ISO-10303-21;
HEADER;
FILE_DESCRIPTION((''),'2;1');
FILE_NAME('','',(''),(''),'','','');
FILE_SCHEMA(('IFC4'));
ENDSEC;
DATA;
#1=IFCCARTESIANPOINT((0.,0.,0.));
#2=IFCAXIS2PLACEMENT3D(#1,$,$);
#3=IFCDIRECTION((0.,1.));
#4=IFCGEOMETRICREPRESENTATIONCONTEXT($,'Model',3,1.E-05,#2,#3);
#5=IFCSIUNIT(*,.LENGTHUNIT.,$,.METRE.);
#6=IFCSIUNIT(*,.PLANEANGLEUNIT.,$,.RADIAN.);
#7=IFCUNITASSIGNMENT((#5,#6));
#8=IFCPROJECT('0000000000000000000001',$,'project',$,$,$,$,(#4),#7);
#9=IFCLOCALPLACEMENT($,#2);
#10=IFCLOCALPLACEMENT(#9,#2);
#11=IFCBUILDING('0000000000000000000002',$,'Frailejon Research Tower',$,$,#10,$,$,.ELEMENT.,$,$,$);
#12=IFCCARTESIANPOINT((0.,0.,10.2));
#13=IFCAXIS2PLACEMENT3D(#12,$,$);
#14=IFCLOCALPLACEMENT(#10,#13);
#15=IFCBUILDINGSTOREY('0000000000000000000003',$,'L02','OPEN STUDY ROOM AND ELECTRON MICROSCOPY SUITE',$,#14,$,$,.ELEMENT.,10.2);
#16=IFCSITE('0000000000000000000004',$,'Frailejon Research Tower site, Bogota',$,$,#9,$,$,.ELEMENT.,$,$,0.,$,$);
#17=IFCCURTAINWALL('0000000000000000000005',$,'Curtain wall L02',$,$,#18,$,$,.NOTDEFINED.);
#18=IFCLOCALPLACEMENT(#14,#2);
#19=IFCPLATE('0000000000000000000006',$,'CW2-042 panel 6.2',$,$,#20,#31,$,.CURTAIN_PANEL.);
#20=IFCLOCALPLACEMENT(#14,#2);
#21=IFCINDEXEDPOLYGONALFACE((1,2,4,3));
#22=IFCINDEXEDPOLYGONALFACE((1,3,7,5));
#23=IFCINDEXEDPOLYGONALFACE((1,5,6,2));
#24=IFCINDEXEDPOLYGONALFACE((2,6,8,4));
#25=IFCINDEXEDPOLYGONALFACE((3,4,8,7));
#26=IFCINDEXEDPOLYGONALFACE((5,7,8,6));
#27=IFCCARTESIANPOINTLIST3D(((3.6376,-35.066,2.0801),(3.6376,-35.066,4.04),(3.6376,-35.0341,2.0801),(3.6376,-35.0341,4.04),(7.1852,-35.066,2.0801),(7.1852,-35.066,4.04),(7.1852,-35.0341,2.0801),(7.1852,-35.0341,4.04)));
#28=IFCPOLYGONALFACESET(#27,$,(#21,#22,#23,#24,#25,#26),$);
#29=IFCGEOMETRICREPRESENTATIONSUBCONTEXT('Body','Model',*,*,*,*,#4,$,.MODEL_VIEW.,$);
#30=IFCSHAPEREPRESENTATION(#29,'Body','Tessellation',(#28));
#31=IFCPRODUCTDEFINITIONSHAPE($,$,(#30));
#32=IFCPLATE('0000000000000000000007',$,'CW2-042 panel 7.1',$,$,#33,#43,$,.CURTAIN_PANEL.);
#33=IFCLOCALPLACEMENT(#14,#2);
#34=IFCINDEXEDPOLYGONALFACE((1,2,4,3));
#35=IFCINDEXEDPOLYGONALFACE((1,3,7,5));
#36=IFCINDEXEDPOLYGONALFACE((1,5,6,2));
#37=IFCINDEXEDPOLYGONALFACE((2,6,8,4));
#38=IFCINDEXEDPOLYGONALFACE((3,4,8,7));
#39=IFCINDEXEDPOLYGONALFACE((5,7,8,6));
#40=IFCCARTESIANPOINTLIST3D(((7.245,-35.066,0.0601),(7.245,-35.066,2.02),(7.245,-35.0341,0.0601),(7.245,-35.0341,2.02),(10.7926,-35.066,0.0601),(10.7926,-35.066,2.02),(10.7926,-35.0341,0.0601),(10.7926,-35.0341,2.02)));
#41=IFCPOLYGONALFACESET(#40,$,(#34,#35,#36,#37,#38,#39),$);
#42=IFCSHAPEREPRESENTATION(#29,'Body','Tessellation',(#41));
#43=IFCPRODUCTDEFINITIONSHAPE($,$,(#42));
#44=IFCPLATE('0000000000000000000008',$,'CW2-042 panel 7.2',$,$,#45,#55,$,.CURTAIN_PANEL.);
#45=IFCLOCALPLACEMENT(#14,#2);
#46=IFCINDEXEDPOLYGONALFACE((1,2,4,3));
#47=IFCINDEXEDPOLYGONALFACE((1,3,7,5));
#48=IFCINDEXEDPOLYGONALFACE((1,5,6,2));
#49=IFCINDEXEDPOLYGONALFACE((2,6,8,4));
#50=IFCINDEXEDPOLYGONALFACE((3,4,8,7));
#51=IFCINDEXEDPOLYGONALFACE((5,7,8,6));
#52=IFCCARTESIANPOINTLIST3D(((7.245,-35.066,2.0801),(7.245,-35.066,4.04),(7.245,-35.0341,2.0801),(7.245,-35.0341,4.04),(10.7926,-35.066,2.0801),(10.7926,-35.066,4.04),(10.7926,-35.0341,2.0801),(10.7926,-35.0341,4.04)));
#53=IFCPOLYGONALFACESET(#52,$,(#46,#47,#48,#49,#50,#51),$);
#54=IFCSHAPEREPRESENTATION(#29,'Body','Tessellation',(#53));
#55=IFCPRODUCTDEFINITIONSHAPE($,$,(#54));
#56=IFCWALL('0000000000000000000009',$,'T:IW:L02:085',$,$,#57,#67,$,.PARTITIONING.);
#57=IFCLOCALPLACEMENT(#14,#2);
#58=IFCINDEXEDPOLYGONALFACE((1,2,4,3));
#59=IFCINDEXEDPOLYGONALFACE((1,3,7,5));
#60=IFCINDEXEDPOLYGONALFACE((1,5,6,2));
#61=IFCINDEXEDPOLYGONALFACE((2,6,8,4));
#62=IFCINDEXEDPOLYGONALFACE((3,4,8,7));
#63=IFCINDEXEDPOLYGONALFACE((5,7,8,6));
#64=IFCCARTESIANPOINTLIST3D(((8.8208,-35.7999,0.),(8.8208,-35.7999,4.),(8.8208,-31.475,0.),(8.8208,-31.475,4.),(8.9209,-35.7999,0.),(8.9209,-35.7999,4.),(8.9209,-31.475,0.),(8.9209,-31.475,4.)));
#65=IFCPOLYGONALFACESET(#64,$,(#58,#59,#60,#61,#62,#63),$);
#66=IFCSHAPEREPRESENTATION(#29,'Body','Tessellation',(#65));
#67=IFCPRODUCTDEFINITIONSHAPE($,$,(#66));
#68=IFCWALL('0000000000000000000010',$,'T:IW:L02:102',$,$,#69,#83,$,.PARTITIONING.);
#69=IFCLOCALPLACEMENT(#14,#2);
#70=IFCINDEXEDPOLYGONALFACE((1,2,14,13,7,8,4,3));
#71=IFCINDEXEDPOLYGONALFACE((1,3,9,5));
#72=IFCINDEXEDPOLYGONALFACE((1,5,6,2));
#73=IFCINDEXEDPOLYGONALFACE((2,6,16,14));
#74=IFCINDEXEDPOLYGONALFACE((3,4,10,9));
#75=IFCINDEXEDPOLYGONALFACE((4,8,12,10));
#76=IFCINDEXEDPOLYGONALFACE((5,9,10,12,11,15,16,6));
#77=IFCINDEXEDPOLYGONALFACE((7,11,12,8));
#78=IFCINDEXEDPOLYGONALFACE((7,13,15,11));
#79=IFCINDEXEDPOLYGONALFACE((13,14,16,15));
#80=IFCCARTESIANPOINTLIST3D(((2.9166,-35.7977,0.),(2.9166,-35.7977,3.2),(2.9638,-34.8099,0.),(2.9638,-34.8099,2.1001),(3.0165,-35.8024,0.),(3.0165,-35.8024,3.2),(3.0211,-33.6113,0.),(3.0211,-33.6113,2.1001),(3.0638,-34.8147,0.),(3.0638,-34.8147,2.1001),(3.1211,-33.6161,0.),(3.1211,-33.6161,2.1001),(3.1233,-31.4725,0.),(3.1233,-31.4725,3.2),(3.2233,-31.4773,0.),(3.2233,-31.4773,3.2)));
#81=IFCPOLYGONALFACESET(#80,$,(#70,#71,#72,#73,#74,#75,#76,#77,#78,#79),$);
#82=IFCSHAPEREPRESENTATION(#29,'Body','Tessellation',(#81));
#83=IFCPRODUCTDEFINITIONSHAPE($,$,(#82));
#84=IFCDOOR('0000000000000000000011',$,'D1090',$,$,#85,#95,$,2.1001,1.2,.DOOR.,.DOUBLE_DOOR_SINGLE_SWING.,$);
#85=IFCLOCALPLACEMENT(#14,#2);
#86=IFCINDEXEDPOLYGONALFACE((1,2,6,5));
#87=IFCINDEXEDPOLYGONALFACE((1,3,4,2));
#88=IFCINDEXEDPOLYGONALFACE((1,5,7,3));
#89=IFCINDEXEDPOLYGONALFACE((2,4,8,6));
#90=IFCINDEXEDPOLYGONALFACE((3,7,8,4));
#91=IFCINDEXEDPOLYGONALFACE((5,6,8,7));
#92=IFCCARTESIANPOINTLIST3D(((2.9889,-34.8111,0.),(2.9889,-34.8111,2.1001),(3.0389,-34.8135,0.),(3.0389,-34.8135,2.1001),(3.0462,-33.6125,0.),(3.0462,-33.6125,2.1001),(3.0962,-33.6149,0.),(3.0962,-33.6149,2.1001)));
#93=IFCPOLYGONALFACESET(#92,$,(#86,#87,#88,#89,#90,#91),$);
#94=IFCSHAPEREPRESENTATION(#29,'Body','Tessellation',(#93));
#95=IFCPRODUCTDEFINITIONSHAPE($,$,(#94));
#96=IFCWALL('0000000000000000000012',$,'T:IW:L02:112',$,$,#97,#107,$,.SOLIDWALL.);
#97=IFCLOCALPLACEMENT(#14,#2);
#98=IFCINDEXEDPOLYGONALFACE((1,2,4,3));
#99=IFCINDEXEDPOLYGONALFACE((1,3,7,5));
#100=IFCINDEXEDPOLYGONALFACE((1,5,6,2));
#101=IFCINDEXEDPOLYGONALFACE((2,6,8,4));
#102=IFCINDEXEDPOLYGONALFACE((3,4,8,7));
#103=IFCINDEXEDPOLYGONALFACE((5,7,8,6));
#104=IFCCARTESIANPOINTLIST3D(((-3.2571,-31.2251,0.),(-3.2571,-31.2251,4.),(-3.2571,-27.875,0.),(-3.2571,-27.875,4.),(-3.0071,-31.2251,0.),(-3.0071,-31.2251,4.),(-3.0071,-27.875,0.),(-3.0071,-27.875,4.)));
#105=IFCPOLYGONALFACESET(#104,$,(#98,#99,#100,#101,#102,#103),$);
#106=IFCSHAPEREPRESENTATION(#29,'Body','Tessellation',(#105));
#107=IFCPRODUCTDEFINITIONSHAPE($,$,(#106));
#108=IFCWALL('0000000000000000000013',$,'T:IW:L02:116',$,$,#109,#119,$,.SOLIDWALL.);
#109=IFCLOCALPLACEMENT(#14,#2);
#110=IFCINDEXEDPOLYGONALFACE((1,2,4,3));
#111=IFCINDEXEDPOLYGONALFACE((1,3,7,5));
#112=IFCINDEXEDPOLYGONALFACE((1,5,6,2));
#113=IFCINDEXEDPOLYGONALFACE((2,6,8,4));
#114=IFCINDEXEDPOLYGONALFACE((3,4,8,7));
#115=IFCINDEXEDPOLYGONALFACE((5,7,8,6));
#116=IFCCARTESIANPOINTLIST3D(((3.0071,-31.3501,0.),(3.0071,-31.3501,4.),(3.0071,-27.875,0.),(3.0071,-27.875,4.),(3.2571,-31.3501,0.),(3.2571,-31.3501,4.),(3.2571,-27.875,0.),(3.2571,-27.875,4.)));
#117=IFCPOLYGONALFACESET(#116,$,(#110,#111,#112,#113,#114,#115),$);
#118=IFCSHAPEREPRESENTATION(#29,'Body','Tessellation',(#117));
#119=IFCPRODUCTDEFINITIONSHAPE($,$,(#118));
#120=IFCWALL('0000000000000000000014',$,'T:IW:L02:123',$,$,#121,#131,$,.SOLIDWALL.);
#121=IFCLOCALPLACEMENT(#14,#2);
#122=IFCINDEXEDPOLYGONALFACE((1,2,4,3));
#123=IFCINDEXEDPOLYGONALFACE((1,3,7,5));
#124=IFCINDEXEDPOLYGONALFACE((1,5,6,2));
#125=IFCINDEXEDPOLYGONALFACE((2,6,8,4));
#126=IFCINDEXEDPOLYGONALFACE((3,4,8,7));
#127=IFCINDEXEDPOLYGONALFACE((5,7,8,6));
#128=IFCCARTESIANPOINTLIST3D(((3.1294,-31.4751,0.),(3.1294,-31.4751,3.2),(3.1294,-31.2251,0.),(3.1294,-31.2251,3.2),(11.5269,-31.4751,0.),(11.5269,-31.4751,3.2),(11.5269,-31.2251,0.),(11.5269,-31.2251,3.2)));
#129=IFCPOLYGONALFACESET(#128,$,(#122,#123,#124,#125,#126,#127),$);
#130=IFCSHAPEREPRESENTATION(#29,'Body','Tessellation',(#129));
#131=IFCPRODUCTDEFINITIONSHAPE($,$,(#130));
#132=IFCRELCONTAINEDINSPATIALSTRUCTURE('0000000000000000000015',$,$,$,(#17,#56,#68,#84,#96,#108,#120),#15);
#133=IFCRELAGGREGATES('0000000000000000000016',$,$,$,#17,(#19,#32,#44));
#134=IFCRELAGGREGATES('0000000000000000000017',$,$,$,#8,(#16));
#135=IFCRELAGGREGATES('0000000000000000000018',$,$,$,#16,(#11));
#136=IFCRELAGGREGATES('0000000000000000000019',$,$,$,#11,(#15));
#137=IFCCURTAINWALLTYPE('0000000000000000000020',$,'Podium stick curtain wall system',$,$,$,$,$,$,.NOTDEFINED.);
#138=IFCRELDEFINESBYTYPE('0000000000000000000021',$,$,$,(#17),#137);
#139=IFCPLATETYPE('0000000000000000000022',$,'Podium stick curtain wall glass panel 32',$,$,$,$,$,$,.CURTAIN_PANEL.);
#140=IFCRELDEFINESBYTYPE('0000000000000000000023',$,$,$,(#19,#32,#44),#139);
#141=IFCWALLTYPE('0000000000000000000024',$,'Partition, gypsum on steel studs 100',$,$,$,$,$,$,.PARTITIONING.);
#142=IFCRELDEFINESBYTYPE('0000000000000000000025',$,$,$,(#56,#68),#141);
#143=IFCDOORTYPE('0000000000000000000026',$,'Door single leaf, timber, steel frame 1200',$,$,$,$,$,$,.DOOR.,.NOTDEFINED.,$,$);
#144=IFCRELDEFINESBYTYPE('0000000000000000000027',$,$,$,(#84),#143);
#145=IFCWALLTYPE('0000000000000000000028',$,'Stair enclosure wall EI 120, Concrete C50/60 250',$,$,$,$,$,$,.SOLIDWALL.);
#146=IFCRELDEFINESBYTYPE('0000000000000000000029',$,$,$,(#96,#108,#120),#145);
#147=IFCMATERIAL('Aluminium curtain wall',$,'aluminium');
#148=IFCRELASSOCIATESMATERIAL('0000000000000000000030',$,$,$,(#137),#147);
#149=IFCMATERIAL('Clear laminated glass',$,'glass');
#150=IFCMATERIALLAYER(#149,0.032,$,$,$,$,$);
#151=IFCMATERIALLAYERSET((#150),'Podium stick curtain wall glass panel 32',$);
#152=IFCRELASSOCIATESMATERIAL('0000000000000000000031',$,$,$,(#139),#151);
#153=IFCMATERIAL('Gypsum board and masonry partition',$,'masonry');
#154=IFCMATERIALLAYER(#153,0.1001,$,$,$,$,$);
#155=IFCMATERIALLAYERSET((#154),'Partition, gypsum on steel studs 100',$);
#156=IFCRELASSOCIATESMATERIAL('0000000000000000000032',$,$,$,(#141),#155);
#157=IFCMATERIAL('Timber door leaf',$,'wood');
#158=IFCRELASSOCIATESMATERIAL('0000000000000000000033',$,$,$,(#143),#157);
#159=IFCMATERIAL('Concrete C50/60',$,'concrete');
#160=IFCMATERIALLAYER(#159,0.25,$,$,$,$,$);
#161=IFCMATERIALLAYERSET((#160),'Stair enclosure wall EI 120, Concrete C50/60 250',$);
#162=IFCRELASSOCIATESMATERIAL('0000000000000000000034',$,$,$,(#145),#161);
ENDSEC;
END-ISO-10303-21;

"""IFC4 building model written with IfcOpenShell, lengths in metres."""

from ifc_helpers import new_model, si_unit, direction, frame, frame_2d, origin, origin_2d, place, context, subcontext, project, spatial, rectangle, extrude, material, layer, layer_set, type_object, element, fill, aggregate, save


model = new_model("IFC4")

# Units and contexts
model_context = context("Model", 3, precision=1e-05, world=origin(), true_north=direction((0.0, 1.0)))
body_context = subcontext(model_context, "Body", "Model", "MODEL_VIEW")
ifc_project = project(units=[si_unit("LENGTHUNIT", "METRE"), si_unit("PLANEANGLEUNIT", "RADIAN")], contexts=[model_context])

# Site, building, storey
site_placement = place(None, origin())
site = spatial("IfcSite", under=ifc_project, at=site_placement, Name="Frailejon Research Tower site, Bogota", CompositionType="ELEMENT", RefElevation=0.0)
building_placement = place(site_placement, origin())
building = spatial("IfcBuilding", under=site, at=building_placement, Name="Frailejon Research Tower", CompositionType="ELEMENT")
storey_placement = place(building_placement, frame((0.0, 0.0, 10.2)))
storey = spatial("IfcBuildingStorey", under=building, at=storey_placement, Name="L02", Description="OPEN STUDY ROOM AND ELECTRON MICROSCOPY SUITE", CompositionType="ELEMENT", Elevation=10.2)

# Curtain wall, plates
ifc_material_1 = material(Name="Aluminium curtain wall", Category="aluminium")
curtain_wall_type = type_object("IfcCurtainWallType", Name="Podium stick curtain wall system", PredefinedType="NOTDEFINED", material=ifc_material_1)
curtain_wall_placement = place(storey_placement, origin())
curtain_wall = element("IfcCurtainWall", 1, at=curtain_wall_placement, inside=storey, type_object=curtain_wall_type, Name="Curtain wall L02", PredefinedType="NOTDEFINED")
ifc_material_2 = material(Name="Clear laminated glass", Category="glass")
ifc_layer_1 = layer(ifc_material_2, 0.032)
ifc_layer_set_1 = layer_set([ifc_layer_1], Name="Podium stick curtain wall glass panel 32")
plate_type = type_object("IfcPlateType", Name="Podium stick curtain wall glass panel 32", PredefinedType="CURTAIN_PANEL", material=ifc_layer_set_1)
plate_1_placement = place(storey_placement, frame((5.4114, -35.05, 2.0801), z_axis=(0.0, 0.0, 1.0), x_axis=(1.0, 0.0, 0.0)))
plate_1 = element("IfcPlate", 2, at=plate_1_placement, type_object=plate_type, Name="CW2-042 panel 6.2", PredefinedType="CURTAIN_PANEL", context=body_context, shape_type="SweptSolid", body=[
    extrude(rectangle(XDim=3.5476, YDim=0.032, at=origin_2d()), origin(), (0.0, 0.0, 1.0), 1.96),
])
plate_2_placement = place(storey_placement, frame((9.0188, -35.05, 0.0601), z_axis=(0.0, 0.0, 1.0), x_axis=(1.0, 0.0, 0.0)))
plate_2 = element("IfcPlate", 3, at=plate_2_placement, type_object=plate_type, Name="CW2-042 panel 7.1", PredefinedType="CURTAIN_PANEL", context=body_context, shape_type="SweptSolid", body=[
    extrude(rectangle(XDim=3.5476, YDim=0.032, at=origin_2d()), origin(), (0.0, 0.0, 1.0), 1.96),
])
plate_3_placement = place(storey_placement, frame((9.0188, -35.05, 2.0801), z_axis=(0.0, 0.0, 1.0), x_axis=(1.0, 0.0, 0.0)))
plate_3 = element("IfcPlate", 4, at=plate_3_placement, type_object=plate_type, Name="CW2-042 panel 7.2", PredefinedType="CURTAIN_PANEL", context=body_context, shape_type="SweptSolid", body=[
    extrude(rectangle(XDim=3.5476, YDim=0.032, at=origin_2d()), origin(), (0.0, 0.0, 1.0), 1.96),
])
aggregate(curtain_wall, [plate_1, plate_2, plate_3])

# Wall
ifc_material_3 = material(Name="Gypsum board and masonry partition", Category="masonry")
ifc_layer_2 = layer(ifc_material_3, 0.1001)
ifc_layer_set_2 = layer_set([ifc_layer_2], Name="Partition, gypsum on steel studs 100")
wall_type_1 = type_object("IfcWallType", Name="Partition, gypsum on steel studs 100", PredefinedType="PARTITIONING", material=ifc_layer_set_2)
wall_1_placement = place(storey_placement, frame((8.8708, -35.8, 0.0), z_axis=(0.0, 0.0, 1.0), x_axis=(0.0, 1.0, 0.0)))
element("IfcWall", 5, at=wall_1_placement, inside=storey, type_object=wall_type_1, Name="T:IW:L02:085", PredefinedType="PARTITIONING", context=body_context, shape_type="SweptSolid", body=[
    extrude(rectangle(XDim=4.325, YDim=0.1001, at=frame_2d((2.1626, 0.0))), origin(), (0.0, 0.0, 1.0), 4.0),
])

# Wall, opening, door
wall_2_placement = place(storey_placement, frame((2.9666, -35.8, 0.0), z_axis=(0.0, 0.0, 1.0), x_axis=(0.047755, 0.998859, 0.0)))
wall_2 = element("IfcWall", 6, at=wall_2_placement, inside=storey, type_object=wall_type_1, Name="T:IW:L02:102", PredefinedType="PARTITIONING", context=body_context, shape_type="SweptSolid", body=[
    extrude(rectangle(XDim=4.3301, YDim=0.1001, at=frame_2d((2.165, 0.0))), origin(), (0.0, 0.0, 1.0), 3.2),
])
opening_placement = place(wall_2_placement, frame((0.9888, 0.0, 0.0)))
opening = element("IfcOpeningElement", 7, at=opening_placement, cuts=wall_2, PredefinedType="OPENING", context=body_context, shape_type="SweptSolid", body=[
    extrude(rectangle(XDim=1.2, YDim=2.1001, at=frame_2d((0.6001, 1.05))), frame((0.0, 0.0601, 0.0), z_axis=(0.0, -1.0, 0.0), x_axis=(1.0, 0.0, 0.0)), (0.0, 0.0, 1.0), 0.1201),
])
ifc_material_4 = material(Name="Timber door leaf", Category="wood")
door_type = type_object("IfcDoorType", Name="Door single leaf, timber, steel frame 1200", OperationType="NOTDEFINED", PredefinedType="DOOR", material=ifc_material_4)
door_placement = place(opening_placement, origin())
door = element("IfcDoor", 8, at=door_placement, inside=storey, type_object=door_type, Name="D1090", OperationType="DOUBLE_DOOR_SINGLE_SWING", OverallHeight=2.1001, OverallWidth=1.2, PredefinedType="DOOR", context=body_context, shape_type="SweptSolid", body=[
    extrude(rectangle(XDim=1.2, YDim=2.1001, at=frame_2d((0.6001, 1.05))), frame((0.0, 0.0249, 0.0), z_axis=(0.0, -1.0, 0.0), x_axis=(1.0, 0.0, 0.0)), (0.0, 0.0, 1.0), 0.05),
])
fill(opening, door)

# Walls
ifc_material_5 = material(Name="Concrete C50/60", Category="concrete")
ifc_layer_3 = layer(ifc_material_5, 0.25)
ifc_layer_set_3 = layer_set([ifc_layer_3], Name="Stair enclosure wall EI 120, Concrete C50/60 250")
wall_type_2 = type_object("IfcWallType", Name="Stair enclosure wall EI 120, Concrete C50/60 250", PredefinedType="SOLIDWALL", material=ifc_layer_set_3)
wall_3_placement = place(storey_placement, frame((-3.1321, -31.2251, 0.0), z_axis=(0.0, 0.0, 1.0), x_axis=(0.0, 1.0, 0.0)))
element("IfcWall", 9, at=wall_3_placement, inside=storey, type_object=wall_type_2, Name="T:IW:L02:112", PredefinedType="SOLIDWALL", context=body_context, shape_type="SweptSolid", body=[
    extrude(rectangle(XDim=3.3501, YDim=0.25, at=frame_2d((1.675, 0.0))), origin(), (0.0, 0.0, 1.0), 4.0),
])
wall_4_placement = place(storey_placement, frame((3.1321, -31.3501, 0.0), z_axis=(0.0, 0.0, 1.0), x_axis=(0.0, 1.0, 0.0)))
element("IfcWall", 10, at=wall_4_placement, inside=storey, type_object=wall_type_2, Name="T:IW:L02:116", PredefinedType="SOLIDWALL", context=body_context, shape_type="SweptSolid", body=[
    extrude(rectangle(XDim=3.4751, YDim=0.25, at=frame_2d((1.7375, 0.0))), origin(), (0.0, 0.0, 1.0), 4.0),
])
wall_5_placement = place(storey_placement, frame((3.1294, -31.3501, 0.0), z_axis=(0.0, 0.0, 1.0), x_axis=(1.0, 0.0, 0.0)))
element("IfcWall", 11, at=wall_5_placement, inside=storey, type_object=wall_type_2, Name="T:IW:L02:123", PredefinedType="SOLIDWALL", context=body_context, shape_type="SweptSolid", body=[
    extrude(rectangle(XDim=8.3975, YDim=0.25, at=frame_2d((4.1987, 0.0))), origin(), (0.0, 0.0, 1.0), 3.2),
])

save(model, "model.ifc")
